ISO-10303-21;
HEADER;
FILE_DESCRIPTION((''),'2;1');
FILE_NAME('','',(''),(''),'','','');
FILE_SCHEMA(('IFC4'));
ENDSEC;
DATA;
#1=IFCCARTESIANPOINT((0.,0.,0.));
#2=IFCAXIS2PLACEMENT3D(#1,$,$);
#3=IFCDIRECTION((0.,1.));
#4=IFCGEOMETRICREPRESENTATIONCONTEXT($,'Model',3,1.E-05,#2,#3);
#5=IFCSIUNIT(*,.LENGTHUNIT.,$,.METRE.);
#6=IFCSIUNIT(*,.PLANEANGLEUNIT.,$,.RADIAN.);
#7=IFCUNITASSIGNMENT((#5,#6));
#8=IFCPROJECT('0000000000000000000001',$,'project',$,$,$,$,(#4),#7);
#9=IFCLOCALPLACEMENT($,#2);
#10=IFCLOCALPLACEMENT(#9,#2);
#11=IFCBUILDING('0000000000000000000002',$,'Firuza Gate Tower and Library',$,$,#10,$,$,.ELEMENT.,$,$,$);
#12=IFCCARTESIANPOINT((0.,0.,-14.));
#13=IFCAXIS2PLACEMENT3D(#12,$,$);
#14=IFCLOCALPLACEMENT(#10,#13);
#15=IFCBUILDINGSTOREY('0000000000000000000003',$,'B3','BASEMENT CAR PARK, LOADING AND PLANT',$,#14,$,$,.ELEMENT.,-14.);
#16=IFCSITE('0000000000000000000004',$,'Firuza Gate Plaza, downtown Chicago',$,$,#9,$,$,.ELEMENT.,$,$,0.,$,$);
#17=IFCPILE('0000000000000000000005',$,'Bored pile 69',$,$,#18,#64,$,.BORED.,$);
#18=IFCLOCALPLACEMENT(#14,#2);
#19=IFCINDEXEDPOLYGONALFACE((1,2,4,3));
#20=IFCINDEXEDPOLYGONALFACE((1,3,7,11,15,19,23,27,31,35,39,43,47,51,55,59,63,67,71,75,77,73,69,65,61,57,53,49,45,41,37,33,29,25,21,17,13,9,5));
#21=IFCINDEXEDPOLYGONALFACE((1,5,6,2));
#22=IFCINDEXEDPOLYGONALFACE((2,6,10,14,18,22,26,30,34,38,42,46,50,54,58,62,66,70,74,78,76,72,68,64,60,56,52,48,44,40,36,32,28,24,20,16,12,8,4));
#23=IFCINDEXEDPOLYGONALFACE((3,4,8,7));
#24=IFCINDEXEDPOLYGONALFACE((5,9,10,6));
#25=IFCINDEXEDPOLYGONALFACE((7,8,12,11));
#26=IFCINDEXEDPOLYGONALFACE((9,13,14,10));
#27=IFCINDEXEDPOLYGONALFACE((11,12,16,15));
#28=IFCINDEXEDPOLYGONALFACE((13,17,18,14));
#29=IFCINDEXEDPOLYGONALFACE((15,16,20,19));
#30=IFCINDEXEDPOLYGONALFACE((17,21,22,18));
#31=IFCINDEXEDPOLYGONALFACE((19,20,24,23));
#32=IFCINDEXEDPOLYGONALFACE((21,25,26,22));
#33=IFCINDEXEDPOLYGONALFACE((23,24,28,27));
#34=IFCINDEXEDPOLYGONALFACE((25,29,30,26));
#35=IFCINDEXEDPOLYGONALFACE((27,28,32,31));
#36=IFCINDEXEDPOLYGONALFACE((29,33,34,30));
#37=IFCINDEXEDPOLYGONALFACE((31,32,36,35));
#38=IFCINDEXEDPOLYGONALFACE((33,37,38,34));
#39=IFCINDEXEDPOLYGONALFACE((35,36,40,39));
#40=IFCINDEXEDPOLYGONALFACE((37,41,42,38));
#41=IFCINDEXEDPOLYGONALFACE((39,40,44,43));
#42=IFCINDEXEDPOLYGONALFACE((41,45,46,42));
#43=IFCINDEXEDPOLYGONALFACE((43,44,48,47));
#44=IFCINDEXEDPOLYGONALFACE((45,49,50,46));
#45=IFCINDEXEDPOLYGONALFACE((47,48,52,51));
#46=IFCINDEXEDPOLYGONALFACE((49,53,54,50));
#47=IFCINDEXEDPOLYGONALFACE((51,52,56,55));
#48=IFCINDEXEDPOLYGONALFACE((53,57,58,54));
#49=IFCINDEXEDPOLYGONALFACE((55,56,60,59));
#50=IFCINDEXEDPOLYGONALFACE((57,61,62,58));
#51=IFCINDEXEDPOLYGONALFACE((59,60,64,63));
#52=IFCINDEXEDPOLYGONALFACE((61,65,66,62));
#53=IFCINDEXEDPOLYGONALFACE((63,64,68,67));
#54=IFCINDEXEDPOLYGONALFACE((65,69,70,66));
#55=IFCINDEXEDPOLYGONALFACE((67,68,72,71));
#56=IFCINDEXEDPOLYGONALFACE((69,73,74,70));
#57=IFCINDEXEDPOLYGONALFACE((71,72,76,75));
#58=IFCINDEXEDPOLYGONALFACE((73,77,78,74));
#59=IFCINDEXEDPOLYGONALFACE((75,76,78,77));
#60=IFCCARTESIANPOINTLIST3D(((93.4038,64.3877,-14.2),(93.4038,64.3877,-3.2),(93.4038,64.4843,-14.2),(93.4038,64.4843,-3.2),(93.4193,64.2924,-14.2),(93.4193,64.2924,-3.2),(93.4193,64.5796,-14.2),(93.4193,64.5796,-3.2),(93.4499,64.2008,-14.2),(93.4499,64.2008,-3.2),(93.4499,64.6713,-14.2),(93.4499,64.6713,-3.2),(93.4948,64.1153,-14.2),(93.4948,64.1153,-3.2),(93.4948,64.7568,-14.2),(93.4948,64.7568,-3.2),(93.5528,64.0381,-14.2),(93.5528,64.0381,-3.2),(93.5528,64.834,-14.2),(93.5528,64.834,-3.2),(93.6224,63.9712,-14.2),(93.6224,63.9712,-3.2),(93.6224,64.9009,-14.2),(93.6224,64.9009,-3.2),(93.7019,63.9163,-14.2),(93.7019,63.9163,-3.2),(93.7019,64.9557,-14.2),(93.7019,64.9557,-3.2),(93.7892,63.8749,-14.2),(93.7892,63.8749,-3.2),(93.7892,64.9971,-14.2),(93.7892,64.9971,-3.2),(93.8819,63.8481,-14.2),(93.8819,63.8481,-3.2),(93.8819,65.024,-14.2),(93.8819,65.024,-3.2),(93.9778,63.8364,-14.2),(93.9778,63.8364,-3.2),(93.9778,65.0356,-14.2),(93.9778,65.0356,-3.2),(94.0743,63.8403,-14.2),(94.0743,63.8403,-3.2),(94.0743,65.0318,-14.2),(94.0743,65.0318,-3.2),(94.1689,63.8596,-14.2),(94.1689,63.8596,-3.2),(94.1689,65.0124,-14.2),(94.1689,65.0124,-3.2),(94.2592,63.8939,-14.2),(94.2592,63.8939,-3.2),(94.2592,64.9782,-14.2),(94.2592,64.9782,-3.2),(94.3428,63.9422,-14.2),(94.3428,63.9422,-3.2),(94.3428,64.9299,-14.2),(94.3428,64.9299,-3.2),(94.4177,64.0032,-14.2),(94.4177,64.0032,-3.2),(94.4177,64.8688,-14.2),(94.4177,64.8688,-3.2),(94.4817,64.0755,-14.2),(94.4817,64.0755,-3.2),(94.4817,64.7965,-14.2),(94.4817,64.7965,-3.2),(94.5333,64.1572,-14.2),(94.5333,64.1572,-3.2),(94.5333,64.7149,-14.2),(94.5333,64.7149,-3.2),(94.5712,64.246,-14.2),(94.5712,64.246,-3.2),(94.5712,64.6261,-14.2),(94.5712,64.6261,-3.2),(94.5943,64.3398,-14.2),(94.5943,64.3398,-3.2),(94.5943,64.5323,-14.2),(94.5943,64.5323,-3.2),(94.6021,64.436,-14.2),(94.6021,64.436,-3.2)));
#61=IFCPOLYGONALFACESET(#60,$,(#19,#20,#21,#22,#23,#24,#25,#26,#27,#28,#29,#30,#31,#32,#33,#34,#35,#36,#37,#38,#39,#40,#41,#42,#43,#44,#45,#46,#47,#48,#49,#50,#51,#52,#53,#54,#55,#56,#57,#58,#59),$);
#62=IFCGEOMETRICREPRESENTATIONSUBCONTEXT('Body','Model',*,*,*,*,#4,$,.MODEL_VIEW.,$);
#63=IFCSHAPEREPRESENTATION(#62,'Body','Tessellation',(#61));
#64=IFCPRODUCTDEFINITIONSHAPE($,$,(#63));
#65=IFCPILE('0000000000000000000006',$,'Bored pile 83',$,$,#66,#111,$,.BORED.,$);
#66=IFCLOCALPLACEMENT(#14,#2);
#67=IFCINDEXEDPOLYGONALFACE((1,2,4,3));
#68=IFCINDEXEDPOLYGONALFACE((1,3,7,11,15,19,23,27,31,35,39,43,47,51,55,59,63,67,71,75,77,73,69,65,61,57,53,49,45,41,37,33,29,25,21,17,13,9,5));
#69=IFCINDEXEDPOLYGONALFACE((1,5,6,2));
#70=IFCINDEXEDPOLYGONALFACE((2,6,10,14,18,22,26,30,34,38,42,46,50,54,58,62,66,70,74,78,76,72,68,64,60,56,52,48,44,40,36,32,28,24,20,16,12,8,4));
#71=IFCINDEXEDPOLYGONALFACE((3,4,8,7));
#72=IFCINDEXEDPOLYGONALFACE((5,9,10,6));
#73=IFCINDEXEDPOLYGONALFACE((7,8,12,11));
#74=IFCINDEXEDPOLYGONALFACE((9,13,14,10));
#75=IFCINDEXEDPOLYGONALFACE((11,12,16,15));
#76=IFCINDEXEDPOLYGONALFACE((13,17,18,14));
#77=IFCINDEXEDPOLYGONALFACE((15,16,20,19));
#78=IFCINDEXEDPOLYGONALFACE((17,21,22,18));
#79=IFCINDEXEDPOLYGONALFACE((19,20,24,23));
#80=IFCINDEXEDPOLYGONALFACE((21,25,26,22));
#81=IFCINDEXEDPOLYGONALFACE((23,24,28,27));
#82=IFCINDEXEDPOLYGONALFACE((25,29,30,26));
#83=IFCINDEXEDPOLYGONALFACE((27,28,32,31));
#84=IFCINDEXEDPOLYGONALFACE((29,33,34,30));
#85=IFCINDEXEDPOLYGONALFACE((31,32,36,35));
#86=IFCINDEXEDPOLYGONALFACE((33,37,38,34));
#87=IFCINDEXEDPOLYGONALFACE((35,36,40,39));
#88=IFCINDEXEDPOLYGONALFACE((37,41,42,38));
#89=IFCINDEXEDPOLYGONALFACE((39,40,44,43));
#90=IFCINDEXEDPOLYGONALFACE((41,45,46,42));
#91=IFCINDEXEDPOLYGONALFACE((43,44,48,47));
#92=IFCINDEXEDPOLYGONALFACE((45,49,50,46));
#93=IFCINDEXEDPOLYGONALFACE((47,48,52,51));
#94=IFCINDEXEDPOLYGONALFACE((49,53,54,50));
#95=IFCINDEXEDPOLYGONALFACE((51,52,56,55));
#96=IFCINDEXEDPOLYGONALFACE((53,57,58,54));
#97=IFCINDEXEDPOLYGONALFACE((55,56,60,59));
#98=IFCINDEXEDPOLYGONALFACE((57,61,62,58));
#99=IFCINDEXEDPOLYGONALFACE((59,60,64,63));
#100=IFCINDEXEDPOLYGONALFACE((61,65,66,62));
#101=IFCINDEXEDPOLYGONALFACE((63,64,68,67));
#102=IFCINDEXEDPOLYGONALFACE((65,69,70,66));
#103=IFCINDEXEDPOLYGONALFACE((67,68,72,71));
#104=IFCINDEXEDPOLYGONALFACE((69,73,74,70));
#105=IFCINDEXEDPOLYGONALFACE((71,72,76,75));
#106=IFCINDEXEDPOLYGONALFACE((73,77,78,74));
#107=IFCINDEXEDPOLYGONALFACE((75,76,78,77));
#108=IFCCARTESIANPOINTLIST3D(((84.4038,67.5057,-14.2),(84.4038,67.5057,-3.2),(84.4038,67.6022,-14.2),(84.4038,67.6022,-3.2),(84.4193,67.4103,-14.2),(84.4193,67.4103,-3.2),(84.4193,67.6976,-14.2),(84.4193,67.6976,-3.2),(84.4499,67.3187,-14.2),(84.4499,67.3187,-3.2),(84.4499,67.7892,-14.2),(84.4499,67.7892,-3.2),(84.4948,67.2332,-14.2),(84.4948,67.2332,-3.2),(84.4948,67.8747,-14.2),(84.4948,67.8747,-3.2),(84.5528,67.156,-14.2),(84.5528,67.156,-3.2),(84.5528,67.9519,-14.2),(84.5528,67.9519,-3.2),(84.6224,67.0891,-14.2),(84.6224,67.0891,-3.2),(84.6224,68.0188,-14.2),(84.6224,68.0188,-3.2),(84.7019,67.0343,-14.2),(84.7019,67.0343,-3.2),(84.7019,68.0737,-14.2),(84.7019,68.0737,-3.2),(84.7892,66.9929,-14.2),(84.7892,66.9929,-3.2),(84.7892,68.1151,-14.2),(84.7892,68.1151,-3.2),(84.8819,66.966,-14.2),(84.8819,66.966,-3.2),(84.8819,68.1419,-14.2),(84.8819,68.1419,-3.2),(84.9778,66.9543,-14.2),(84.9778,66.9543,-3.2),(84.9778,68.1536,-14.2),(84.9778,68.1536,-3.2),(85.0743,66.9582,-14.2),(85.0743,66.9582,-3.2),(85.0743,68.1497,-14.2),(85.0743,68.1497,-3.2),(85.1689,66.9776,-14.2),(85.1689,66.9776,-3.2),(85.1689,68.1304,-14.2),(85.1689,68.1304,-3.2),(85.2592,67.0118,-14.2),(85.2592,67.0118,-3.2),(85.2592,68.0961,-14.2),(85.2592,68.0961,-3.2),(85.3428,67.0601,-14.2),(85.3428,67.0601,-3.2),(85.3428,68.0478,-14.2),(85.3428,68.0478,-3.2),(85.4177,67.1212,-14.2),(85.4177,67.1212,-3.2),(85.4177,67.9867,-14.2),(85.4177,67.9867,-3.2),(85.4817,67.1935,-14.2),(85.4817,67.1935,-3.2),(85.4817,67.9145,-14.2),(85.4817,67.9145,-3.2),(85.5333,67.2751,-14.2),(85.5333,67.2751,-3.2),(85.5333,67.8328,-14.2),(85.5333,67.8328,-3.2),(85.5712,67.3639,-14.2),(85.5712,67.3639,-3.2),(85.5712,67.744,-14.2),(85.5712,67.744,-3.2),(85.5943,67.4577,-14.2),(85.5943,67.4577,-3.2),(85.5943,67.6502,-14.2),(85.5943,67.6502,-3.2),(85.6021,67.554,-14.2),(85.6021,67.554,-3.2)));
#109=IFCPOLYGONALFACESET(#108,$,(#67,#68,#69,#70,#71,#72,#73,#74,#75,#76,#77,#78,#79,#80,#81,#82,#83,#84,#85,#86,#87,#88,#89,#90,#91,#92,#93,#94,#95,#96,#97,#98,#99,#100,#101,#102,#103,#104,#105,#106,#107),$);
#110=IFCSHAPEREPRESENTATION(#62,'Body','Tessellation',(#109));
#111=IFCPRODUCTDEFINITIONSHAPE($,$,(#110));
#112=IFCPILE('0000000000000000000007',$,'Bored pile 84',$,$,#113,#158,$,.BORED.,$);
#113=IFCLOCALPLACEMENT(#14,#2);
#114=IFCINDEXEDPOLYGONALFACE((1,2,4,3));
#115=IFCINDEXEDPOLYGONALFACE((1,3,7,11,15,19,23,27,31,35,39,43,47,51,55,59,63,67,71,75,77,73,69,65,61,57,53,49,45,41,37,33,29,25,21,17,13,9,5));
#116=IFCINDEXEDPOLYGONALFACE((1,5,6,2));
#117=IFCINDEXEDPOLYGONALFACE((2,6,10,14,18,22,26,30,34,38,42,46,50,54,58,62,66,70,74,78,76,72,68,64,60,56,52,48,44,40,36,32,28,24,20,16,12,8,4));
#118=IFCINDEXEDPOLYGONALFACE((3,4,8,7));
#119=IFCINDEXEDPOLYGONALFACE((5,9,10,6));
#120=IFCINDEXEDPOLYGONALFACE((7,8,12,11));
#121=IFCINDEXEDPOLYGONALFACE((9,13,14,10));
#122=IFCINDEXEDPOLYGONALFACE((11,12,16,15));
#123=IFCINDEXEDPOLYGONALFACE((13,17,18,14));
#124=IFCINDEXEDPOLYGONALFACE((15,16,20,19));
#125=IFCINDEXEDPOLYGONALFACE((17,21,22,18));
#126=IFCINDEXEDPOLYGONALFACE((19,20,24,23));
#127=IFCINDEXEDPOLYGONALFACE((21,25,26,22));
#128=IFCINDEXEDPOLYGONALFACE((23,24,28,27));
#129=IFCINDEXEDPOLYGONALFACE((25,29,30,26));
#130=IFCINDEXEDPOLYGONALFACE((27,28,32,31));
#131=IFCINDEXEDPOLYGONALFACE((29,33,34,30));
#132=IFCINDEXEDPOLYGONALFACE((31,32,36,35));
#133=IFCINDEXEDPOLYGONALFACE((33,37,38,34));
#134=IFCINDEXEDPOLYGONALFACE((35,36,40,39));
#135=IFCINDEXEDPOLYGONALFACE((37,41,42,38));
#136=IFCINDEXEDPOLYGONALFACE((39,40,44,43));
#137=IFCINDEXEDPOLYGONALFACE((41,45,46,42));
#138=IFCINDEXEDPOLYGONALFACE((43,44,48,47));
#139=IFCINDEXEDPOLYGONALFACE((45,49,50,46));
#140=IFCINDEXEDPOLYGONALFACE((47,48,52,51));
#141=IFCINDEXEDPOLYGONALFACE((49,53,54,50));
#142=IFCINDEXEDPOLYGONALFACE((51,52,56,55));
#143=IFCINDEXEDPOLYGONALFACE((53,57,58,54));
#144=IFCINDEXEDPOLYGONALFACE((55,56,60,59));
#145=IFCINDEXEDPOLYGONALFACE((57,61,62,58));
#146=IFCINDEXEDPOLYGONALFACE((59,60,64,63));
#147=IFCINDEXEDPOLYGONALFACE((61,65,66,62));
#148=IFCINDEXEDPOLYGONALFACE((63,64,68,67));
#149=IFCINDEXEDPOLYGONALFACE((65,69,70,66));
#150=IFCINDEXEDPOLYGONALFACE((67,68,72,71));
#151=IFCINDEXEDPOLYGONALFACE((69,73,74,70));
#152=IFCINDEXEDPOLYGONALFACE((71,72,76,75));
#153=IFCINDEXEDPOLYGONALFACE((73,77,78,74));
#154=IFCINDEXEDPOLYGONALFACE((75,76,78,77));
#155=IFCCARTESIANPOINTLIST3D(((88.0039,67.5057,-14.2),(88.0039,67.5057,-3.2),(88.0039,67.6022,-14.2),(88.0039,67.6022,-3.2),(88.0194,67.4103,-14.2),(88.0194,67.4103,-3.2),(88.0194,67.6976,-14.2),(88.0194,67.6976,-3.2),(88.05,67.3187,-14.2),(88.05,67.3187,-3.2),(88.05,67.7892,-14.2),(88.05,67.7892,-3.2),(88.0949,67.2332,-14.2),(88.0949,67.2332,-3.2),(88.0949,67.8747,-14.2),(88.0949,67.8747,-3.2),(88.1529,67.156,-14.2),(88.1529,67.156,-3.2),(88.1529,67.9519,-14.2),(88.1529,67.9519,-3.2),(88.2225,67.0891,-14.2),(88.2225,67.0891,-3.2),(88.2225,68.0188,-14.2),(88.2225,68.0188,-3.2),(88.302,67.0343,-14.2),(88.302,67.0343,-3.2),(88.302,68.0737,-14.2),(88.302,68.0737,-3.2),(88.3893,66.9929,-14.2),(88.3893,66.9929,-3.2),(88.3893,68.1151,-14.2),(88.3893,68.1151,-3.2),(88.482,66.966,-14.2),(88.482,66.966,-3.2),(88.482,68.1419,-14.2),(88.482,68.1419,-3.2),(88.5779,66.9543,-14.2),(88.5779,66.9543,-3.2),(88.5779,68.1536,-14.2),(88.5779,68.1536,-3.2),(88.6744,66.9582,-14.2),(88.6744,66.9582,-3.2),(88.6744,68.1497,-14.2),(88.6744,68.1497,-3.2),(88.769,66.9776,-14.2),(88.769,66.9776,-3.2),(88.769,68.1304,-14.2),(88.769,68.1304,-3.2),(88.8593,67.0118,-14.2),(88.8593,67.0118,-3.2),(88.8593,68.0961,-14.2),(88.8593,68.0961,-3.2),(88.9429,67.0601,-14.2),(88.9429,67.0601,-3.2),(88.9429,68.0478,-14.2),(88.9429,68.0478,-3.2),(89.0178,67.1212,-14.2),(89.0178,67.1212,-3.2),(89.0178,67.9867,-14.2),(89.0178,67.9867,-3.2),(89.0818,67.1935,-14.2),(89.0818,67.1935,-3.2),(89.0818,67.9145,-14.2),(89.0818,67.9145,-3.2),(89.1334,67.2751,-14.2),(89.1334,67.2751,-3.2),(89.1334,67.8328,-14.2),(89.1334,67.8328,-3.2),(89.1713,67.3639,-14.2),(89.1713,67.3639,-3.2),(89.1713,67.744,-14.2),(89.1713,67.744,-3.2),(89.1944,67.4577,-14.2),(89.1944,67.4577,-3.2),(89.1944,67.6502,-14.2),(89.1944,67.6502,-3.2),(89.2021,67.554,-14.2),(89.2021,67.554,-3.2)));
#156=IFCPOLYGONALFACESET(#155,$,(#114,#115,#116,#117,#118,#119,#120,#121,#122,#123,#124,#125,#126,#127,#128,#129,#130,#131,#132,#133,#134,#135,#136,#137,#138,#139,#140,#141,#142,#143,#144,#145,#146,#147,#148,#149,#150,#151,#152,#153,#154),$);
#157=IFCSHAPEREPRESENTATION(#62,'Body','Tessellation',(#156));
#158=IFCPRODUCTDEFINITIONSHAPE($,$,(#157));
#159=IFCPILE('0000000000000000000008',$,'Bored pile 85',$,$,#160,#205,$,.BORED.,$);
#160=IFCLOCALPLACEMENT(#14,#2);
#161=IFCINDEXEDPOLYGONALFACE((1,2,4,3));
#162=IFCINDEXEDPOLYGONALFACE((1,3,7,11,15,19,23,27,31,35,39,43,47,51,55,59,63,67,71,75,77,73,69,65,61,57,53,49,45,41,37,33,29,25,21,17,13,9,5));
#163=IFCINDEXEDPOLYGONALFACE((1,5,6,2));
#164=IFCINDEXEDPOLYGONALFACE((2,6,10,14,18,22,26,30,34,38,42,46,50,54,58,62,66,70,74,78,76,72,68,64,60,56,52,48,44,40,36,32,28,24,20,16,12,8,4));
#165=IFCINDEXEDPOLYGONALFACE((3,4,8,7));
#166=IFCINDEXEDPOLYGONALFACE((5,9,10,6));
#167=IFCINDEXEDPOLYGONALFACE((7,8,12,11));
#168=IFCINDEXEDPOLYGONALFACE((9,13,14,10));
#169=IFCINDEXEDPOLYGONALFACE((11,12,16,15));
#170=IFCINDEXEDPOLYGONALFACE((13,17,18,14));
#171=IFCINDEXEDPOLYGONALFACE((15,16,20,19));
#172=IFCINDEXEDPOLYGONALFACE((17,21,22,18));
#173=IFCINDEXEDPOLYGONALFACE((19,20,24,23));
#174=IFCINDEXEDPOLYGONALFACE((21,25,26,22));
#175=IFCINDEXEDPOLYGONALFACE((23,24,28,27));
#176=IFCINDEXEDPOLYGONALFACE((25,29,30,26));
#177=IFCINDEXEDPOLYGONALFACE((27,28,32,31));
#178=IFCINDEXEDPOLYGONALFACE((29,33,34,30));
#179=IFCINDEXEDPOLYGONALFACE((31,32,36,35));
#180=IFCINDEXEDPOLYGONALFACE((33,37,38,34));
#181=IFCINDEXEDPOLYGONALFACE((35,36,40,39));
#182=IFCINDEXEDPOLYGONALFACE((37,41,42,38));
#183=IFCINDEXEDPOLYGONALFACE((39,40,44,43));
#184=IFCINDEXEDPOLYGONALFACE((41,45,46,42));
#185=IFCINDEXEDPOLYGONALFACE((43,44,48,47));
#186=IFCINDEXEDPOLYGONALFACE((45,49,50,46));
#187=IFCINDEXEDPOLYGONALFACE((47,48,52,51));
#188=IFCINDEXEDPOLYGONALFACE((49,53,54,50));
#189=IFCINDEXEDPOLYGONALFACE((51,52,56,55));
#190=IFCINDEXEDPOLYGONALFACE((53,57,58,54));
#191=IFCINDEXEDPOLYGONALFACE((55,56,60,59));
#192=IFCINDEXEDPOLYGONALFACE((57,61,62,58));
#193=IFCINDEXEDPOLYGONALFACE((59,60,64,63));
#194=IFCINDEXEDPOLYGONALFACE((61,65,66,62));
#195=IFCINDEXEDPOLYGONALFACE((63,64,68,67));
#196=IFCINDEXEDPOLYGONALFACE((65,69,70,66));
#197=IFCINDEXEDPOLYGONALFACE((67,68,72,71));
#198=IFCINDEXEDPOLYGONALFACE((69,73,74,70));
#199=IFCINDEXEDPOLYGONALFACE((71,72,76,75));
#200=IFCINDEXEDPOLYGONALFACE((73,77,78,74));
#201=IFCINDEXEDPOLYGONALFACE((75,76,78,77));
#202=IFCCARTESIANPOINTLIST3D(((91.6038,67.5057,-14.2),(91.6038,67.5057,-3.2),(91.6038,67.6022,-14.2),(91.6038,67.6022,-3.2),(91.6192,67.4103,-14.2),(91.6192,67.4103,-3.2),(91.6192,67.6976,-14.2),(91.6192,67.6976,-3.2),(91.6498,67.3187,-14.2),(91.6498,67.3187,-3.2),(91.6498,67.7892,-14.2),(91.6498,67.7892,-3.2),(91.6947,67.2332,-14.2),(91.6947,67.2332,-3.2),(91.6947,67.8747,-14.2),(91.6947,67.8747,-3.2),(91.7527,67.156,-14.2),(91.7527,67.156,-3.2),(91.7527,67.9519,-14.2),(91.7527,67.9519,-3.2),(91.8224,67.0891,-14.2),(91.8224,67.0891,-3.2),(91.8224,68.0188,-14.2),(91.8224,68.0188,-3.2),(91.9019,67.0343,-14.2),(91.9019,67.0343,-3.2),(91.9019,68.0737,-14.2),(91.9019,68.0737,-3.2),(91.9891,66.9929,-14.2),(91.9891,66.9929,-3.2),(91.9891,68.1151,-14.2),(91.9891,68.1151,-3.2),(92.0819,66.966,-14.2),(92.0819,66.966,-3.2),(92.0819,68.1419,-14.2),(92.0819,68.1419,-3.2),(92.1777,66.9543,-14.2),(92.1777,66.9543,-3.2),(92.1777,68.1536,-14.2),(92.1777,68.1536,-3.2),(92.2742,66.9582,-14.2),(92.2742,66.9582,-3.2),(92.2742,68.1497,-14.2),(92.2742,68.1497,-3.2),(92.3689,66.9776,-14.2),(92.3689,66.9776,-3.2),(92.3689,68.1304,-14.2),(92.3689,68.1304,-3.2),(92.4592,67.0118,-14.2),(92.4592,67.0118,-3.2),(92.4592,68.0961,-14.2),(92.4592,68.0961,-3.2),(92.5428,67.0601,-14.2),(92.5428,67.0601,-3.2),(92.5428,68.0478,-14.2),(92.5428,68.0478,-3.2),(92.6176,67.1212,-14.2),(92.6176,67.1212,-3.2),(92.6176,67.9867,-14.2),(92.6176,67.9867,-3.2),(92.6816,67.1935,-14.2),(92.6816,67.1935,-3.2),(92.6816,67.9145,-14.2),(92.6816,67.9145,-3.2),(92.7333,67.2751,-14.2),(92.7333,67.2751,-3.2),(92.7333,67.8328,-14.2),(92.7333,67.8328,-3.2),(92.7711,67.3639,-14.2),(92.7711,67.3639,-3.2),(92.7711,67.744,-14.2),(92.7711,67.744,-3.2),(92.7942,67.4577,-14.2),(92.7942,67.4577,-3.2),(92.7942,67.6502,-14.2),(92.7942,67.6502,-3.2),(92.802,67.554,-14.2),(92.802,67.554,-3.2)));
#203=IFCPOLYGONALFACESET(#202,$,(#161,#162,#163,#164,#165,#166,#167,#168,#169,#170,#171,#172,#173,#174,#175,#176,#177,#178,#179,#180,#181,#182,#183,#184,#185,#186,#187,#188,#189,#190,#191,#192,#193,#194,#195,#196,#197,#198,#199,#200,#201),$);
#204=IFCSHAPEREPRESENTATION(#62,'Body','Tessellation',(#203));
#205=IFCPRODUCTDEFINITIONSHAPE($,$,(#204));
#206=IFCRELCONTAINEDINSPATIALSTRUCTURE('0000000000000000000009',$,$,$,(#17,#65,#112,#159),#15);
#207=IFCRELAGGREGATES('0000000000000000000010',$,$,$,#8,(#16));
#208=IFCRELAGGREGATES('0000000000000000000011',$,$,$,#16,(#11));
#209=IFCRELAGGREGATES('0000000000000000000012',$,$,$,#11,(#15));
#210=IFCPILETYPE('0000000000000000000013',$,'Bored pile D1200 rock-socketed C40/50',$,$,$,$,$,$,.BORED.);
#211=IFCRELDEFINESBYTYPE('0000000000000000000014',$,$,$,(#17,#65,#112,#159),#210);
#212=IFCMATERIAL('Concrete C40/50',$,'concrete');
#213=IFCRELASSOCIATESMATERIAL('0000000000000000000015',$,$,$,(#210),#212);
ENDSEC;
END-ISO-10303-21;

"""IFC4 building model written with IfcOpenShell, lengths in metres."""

from ifc_helpers import new_model, si_unit, direction, frame, origin, origin_2d, place, context, subcontext, project, spatial, circle, extrude, material, material_profile, profile_set, type_object, element, save


model = new_model("IFC4")

# Units and contexts
model_context = context("Model", 3, precision=1e-05, world=origin(), true_north=direction((0.0, 1.0)))
body_context = subcontext(model_context, "Body", "Model", "MODEL_VIEW")
ifc_project = project(units=[si_unit("LENGTHUNIT", "METRE"), si_unit("PLANEANGLEUNIT", "RADIAN")], contexts=[model_context])

# Site, building, storey
site_placement = place(None, origin())
site = spatial("IfcSite", under=ifc_project, at=site_placement, Name="Firuza Gate Plaza, downtown Chicago", CompositionType="ELEMENT", RefElevation=0.0)
building_placement = place(site_placement, origin())
building = spatial("IfcBuilding", under=site, at=building_placement, Name="Firuza Gate Tower and Library", CompositionType="ELEMENT")
storey_placement = place(building_placement, frame((0.0, 0.0, -14.0)))
storey = spatial("IfcBuildingStorey", under=building, at=storey_placement, Name="B3", Description="BASEMENT CAR PARK, LOADING AND PLANT", CompositionType="ELEMENT", Elevation=-14.0)

# Piles
ifc_material_1 = material(Name="Concrete C40/50", Category="concrete")
ifc_material_profile_1 = material_profile(ifc_material_1, circle(Radius=0.6001, at=origin_2d()))
ifc_profile_set_1 = profile_set([ifc_material_profile_1], Name="Concrete C40/50")
pile_type = type_object("IfcPileType", Name="Bored pile D1200 rock-socketed C40/50", PredefinedType="BORED", material=ifc_profile_set_1)
for number, where, z_axis, x_axis, name in (
    (1, (94.002, 64.436, -3.2), (0.0, 0.0, -1.0), (1.0, 0.0, 0.0), "Bored pile 69"),
    (2, (85.002, 67.554, -3.2), (0.0, 0.0, -1.0), (1.0, 0.0, 0.0), "Bored pile 83"),
    (3, (88.6021, 67.554, -3.2), (0.0, 0.0, -1.0), (1.0, 0.0, 0.0), "Bored pile 84"),
    (4, (92.2019, 67.554, -3.2), (0.0, 0.0, -1.0), (1.0, 0.0, 0.0), "Bored pile 85"),
):
    element("IfcPile", number, at=place(storey_placement, frame(where, z_axis=z_axis, x_axis=x_axis)), inside=storey, type_object=pile_type, Name=name, PredefinedType="BORED", context=body_context, shape_type="SweptSolid", body=[
        extrude(circle(Radius=0.6001, at=origin_2d()), origin(), (0.0, 0.0, 1.0), 11.0),
    ])

save(model, "model.ifc")
